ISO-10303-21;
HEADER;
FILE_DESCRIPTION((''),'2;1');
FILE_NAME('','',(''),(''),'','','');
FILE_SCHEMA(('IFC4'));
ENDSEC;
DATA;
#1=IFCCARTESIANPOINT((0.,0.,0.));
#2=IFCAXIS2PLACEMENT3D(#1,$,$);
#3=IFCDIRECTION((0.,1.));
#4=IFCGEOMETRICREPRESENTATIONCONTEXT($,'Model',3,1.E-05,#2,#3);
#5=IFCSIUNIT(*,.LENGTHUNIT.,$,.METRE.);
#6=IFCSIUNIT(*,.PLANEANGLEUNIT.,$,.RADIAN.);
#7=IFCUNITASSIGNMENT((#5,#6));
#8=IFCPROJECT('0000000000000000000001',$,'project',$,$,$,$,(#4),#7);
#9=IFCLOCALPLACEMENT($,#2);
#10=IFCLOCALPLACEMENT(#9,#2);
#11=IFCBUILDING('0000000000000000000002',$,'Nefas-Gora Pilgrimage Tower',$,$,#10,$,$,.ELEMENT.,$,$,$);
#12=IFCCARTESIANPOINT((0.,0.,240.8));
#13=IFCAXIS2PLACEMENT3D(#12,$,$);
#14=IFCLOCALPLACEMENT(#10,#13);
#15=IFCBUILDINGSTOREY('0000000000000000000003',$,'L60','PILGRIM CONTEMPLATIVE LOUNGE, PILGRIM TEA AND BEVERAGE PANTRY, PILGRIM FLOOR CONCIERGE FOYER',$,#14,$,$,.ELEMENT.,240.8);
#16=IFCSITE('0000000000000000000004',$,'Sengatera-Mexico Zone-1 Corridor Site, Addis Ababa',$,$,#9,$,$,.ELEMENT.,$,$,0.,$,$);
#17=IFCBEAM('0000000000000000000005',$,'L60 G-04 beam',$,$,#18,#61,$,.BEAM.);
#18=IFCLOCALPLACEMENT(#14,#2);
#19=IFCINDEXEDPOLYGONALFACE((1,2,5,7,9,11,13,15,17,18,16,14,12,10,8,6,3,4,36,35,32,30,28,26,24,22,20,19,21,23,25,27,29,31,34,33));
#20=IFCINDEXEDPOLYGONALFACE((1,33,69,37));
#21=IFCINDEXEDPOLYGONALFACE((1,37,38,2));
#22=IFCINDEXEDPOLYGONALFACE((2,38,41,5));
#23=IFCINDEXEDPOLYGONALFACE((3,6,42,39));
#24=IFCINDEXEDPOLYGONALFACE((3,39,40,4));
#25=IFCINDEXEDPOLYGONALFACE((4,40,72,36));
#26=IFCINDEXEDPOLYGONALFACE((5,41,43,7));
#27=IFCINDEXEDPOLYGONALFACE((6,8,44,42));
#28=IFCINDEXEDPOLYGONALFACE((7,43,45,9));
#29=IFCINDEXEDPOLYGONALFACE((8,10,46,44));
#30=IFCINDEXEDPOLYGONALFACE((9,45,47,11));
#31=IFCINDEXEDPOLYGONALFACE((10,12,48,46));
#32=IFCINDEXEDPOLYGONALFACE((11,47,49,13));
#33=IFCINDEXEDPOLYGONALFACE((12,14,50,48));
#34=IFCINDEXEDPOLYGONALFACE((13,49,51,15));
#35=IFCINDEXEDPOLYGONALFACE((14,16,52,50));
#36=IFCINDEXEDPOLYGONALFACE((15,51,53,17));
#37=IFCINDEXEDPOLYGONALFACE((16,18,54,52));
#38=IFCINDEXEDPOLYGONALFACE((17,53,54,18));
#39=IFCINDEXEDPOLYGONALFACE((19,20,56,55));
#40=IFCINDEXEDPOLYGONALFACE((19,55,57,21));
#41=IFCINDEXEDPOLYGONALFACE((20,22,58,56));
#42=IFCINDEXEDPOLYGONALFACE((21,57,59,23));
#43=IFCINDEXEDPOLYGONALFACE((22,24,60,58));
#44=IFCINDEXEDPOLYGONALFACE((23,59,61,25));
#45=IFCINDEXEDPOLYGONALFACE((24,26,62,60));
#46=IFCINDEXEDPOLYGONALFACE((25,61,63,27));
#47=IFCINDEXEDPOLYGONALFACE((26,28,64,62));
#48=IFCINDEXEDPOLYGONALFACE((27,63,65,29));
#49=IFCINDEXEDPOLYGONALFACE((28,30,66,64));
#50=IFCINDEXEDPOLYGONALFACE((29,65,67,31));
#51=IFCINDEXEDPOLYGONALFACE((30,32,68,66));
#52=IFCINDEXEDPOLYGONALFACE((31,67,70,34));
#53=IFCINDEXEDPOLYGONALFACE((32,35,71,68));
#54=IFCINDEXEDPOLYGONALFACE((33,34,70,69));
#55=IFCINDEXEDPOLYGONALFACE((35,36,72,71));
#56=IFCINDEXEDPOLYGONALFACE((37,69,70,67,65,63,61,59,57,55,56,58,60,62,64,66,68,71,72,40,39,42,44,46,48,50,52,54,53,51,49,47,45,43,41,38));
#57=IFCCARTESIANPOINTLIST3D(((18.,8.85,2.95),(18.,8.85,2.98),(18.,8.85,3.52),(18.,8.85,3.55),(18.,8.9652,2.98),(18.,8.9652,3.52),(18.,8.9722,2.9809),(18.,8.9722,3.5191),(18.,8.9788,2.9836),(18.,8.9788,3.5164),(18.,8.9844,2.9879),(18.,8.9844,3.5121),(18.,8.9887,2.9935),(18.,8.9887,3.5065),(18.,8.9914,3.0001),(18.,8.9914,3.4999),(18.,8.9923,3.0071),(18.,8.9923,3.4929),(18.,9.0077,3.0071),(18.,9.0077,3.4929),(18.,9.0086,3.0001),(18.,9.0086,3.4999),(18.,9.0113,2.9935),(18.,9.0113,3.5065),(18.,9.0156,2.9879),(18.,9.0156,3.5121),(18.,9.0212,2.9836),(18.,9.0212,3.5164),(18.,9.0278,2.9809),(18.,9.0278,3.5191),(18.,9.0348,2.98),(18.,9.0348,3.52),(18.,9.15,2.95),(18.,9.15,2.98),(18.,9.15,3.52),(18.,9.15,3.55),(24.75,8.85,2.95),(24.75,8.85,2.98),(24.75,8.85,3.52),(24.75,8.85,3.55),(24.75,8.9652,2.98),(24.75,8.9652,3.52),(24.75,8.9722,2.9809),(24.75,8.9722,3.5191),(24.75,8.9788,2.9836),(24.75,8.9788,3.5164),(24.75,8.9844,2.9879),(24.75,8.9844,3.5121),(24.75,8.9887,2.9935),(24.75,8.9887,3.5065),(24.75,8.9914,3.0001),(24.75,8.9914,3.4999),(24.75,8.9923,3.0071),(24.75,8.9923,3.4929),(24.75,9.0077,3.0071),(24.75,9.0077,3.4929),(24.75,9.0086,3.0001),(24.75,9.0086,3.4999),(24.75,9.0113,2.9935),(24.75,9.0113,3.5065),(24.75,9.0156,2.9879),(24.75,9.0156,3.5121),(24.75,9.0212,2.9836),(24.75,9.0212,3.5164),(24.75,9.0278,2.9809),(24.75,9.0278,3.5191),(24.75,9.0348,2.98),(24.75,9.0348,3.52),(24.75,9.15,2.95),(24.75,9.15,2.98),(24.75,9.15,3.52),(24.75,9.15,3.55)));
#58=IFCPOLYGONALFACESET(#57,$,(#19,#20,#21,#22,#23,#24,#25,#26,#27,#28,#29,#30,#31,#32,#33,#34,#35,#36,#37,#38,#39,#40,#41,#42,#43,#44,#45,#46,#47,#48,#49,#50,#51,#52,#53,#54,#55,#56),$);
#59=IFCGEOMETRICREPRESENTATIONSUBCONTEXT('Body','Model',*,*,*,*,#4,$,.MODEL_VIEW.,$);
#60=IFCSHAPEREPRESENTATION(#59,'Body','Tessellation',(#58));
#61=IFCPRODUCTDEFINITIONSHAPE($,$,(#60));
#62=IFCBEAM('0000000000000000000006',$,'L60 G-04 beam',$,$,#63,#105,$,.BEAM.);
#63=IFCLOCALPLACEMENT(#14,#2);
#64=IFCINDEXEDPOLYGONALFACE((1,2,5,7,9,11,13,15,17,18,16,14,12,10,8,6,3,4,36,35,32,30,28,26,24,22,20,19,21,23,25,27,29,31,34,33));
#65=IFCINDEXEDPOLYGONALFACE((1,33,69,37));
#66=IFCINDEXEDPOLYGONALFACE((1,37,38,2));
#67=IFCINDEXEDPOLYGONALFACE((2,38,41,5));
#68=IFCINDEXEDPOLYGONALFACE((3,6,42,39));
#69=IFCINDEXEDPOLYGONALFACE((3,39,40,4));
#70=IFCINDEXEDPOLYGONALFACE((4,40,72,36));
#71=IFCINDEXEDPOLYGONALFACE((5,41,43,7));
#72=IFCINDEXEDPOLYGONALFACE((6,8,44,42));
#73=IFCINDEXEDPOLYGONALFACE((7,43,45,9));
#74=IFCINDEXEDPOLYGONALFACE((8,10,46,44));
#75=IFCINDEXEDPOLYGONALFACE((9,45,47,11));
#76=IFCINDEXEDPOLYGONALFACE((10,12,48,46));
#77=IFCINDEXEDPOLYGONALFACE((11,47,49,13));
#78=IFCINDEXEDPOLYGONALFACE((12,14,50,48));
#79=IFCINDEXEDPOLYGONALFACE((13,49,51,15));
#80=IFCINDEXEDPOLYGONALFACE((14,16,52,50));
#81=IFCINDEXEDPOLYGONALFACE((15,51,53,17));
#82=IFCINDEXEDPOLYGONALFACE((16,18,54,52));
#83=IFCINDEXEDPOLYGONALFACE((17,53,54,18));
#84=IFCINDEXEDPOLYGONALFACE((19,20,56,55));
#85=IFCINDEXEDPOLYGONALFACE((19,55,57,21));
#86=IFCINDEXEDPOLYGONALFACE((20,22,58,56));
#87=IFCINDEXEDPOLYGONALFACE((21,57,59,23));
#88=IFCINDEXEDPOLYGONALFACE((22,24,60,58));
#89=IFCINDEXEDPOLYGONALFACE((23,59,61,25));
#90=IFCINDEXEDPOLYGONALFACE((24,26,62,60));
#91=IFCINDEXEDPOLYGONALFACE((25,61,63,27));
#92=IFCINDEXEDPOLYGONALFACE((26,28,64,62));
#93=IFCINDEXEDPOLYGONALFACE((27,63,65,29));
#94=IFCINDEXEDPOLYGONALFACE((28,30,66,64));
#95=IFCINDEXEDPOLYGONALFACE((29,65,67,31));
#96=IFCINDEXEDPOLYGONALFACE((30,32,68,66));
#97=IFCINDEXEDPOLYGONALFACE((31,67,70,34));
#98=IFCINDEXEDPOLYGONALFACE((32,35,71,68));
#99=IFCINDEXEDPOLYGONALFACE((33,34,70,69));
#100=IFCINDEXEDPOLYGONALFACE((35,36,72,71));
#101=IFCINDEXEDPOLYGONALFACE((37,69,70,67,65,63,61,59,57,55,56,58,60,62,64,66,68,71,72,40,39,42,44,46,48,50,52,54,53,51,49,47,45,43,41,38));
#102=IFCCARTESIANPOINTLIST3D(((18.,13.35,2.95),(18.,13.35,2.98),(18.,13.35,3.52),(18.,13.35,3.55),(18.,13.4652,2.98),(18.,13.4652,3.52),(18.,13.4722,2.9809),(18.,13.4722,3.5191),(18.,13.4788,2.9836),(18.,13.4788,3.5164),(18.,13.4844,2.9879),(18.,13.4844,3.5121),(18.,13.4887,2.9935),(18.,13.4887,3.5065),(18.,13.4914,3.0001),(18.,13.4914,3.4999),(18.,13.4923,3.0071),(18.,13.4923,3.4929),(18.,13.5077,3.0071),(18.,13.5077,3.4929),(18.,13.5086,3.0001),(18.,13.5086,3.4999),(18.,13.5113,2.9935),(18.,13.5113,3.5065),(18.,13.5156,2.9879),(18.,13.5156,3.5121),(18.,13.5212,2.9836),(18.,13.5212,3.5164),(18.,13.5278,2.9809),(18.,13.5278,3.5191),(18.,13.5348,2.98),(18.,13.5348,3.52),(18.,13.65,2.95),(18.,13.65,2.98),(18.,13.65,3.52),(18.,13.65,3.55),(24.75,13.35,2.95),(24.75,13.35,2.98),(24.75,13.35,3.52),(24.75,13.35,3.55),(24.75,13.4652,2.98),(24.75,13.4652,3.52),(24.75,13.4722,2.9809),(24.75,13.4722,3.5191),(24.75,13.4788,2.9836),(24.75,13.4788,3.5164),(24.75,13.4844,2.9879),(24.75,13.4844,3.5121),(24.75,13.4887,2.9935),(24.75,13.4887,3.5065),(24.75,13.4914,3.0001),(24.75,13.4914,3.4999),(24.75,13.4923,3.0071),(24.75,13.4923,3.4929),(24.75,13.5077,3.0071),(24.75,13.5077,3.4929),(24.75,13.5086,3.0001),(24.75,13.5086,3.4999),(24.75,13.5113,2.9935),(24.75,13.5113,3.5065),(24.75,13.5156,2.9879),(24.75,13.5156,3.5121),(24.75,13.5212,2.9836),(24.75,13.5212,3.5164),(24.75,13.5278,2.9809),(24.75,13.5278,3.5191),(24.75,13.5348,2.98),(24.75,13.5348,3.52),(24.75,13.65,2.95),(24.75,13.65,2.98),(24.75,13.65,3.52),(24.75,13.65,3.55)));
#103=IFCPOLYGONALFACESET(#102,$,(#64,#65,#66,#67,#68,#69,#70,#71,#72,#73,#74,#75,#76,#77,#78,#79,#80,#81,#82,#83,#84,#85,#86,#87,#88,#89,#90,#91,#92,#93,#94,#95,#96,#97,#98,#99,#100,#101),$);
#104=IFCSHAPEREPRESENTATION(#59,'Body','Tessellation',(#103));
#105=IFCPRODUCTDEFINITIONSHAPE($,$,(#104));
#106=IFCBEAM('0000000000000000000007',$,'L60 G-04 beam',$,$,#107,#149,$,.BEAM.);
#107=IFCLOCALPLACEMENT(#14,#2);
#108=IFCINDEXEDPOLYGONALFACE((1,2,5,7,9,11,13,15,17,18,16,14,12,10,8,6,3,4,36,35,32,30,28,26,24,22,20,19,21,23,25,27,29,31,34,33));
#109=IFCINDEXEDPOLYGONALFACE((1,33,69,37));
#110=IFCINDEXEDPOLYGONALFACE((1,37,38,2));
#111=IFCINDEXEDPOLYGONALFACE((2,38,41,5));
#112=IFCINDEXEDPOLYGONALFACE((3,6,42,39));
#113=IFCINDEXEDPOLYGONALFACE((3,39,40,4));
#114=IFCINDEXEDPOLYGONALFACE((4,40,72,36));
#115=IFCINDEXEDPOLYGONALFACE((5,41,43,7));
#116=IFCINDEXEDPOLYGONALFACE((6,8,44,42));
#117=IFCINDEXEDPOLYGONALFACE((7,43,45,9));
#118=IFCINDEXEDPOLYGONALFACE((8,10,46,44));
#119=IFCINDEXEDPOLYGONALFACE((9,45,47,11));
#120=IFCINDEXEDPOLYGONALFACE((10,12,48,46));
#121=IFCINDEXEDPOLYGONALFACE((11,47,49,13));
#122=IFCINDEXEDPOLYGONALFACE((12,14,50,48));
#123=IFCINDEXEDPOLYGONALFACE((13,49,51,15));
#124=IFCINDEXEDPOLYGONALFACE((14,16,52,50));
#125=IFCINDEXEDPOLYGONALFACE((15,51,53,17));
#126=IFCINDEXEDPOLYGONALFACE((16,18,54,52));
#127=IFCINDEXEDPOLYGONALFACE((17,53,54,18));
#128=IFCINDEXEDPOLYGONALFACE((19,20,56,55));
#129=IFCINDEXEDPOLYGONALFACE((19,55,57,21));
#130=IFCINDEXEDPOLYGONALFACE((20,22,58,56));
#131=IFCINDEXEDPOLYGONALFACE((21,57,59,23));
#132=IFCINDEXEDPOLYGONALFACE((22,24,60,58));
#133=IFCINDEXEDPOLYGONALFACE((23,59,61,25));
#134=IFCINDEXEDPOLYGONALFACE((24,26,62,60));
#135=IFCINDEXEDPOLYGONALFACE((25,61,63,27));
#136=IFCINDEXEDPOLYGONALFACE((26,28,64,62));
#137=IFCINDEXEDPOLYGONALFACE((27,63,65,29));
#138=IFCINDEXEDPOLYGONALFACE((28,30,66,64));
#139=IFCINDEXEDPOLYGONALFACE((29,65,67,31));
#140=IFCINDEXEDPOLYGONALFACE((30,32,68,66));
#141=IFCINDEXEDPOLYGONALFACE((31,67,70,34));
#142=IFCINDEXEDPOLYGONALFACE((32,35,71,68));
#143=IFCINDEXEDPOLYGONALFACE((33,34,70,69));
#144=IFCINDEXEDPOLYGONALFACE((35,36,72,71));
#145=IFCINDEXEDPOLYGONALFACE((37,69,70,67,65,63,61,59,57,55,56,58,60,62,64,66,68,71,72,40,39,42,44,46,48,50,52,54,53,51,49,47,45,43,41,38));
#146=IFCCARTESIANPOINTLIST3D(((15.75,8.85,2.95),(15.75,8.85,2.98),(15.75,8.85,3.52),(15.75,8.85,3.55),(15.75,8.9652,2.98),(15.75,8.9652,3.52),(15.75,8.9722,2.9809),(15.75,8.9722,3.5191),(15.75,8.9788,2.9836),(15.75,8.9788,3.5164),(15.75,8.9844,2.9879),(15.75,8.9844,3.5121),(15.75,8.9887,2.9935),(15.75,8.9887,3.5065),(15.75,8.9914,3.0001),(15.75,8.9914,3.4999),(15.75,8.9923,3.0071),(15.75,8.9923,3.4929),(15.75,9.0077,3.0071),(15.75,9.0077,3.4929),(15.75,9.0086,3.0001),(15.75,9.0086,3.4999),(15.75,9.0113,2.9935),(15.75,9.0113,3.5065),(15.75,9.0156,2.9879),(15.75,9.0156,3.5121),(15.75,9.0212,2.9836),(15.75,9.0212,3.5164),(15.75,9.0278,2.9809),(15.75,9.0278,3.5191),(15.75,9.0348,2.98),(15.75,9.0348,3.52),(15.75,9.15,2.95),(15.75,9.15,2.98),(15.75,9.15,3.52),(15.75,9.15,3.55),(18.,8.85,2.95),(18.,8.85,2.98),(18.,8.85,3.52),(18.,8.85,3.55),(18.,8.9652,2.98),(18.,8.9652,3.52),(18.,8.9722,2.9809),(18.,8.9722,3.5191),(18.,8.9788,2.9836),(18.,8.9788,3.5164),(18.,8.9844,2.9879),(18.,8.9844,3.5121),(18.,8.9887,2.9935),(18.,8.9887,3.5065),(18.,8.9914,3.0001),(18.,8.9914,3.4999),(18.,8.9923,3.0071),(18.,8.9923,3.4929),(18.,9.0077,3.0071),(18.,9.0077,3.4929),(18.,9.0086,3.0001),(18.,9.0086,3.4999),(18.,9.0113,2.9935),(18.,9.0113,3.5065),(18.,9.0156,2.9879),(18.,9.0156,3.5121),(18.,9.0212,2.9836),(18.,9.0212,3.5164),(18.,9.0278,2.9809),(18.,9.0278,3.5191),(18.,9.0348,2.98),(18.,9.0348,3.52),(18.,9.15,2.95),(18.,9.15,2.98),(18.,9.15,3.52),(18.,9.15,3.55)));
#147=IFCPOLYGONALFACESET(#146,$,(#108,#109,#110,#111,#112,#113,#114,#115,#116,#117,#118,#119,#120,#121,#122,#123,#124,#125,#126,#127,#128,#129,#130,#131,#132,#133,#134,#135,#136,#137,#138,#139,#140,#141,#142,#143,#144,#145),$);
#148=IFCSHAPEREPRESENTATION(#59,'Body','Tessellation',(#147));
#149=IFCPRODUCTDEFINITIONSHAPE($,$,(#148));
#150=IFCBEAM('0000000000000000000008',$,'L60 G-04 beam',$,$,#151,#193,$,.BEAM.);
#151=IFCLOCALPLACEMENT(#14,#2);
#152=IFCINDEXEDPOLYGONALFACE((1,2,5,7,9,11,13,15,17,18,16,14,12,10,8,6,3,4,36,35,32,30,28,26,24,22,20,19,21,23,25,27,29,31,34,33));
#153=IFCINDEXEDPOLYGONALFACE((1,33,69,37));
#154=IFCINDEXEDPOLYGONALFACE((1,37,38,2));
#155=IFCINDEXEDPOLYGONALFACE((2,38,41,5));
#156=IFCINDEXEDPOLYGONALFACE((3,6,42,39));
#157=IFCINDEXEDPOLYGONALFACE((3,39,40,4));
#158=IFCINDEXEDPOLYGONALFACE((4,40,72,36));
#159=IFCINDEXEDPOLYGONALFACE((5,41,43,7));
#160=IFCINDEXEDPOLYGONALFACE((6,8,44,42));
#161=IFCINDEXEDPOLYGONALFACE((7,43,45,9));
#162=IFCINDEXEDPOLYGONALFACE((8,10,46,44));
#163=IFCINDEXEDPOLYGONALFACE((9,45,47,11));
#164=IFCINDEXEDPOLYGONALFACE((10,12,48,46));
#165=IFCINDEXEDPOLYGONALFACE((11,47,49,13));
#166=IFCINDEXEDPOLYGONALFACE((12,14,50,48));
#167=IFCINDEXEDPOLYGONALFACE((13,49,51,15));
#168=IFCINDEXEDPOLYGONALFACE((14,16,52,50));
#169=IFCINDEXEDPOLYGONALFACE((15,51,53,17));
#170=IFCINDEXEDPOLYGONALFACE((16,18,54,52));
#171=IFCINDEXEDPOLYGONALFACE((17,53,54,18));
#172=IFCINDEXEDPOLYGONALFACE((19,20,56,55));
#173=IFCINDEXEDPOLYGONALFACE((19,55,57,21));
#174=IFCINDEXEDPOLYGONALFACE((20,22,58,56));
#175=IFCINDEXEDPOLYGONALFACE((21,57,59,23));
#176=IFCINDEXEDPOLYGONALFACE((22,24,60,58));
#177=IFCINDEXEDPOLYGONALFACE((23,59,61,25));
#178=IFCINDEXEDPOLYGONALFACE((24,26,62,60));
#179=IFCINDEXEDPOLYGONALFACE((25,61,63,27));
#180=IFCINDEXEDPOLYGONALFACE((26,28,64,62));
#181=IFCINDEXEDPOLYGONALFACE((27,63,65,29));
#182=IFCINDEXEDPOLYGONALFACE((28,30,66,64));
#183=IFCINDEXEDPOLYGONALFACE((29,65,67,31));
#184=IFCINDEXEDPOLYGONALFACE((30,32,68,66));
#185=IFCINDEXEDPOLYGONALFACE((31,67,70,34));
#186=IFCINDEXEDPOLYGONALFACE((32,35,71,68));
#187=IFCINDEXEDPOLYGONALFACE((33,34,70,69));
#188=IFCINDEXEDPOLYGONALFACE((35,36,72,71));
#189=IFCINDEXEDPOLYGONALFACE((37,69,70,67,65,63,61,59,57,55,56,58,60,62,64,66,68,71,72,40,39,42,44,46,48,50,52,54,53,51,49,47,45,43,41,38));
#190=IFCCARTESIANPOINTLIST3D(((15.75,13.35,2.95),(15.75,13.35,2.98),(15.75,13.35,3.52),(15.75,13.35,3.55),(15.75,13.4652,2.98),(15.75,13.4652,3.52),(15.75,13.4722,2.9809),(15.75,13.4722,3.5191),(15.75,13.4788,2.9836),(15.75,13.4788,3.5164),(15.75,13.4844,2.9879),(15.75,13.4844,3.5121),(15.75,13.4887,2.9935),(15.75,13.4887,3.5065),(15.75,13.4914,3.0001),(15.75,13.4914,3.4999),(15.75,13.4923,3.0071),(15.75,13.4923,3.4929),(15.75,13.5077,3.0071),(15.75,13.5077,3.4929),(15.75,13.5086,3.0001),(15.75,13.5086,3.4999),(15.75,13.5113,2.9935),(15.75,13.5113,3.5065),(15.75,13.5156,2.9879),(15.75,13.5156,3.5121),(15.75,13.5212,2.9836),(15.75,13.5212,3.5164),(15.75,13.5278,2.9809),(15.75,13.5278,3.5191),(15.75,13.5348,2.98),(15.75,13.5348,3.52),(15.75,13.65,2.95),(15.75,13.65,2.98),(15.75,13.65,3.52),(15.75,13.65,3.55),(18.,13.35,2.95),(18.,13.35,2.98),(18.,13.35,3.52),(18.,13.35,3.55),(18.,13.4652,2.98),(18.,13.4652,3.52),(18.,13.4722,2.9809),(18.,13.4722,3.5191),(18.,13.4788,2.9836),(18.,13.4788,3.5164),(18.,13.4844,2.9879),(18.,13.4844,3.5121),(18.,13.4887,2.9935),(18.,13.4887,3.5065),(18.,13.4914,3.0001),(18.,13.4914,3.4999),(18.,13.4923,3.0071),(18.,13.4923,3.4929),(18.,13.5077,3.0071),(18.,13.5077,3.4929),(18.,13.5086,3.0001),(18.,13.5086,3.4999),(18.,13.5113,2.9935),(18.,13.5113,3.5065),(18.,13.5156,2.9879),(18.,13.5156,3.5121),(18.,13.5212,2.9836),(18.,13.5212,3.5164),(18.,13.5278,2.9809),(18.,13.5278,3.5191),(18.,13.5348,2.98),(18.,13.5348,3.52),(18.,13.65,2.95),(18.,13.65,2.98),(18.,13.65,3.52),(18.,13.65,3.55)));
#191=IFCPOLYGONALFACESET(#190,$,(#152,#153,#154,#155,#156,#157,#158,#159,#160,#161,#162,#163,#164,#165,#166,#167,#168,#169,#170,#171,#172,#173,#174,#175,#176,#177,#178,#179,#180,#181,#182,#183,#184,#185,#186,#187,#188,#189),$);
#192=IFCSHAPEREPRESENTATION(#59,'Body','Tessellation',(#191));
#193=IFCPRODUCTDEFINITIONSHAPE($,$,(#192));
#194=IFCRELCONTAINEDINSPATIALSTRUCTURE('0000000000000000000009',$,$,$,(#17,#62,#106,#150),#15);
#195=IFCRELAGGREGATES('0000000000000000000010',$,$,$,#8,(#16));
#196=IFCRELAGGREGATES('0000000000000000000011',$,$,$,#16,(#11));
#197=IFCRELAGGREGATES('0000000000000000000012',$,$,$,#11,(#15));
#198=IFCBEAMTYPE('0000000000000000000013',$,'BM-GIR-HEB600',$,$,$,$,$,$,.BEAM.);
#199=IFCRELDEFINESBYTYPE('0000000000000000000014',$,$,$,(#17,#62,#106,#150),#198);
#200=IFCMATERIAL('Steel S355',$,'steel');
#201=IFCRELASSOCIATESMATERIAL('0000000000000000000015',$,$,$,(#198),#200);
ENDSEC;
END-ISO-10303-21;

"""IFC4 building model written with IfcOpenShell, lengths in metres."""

from ifc_helpers import new_model, si_unit, direction, frame, origin, origin_2d, place, context, subcontext, project, spatial, i_section, extrude, source, transform, mapped, material, material_profile, profile_set, type_object, element, save


model = new_model("IFC4")

# Units and contexts
model_context = context("Model", 3, precision=1e-05, world=origin(), true_north=direction((0.0, 1.0)))
body_context = subcontext(model_context, "Body", "Model", "MODEL_VIEW")
ifc_project = project(units=[si_unit("LENGTHUNIT", "METRE"), si_unit("PLANEANGLEUNIT", "RADIAN")], contexts=[model_context])

# Site, building, storey
site_placement = place(None, origin())
site = spatial("IfcSite", under=ifc_project, at=site_placement, Name="Sengatera-Mexico Zone-1 Corridor Site, Addis Ababa", CompositionType="ELEMENT", RefElevation=0.0)
building_placement = place(site_placement, origin())
building = spatial("IfcBuilding", under=site, at=building_placement, Name="Nefas-Gora Pilgrimage Tower", CompositionType="ELEMENT")
storey_placement = place(building_placement, frame((0.0, 0.0, 240.8)))
storey = spatial("IfcBuildingStorey", under=building, at=storey_placement, Name="L60", Description="PILGRIM CONTEMPLATIVE LOUNGE, PILGRIM TEA AND BEVERAGE PANTRY, PILGRIM FLOOR CONCIERGE FOYER", CompositionType="ELEMENT", Elevation=240.8)

# Beams
ifc_material_1 = material(Name="Steel S355", Category="steel")
ifc_material_profile_1 = material_profile(ifc_material_1, i_section(OverallWidth=0.3, OverallDepth=0.6001, WebThickness=0.0154, FlangeThickness=0.03, FilletRadius=0.0271, at=origin_2d()), Name="HEB 600")
ifc_profile_set_1 = profile_set([ifc_material_profile_1], Name="Steel S355")
beam_type_1 = type_object("IfcBeamType", Name="BM-GIR-HEB600", PredefinedType="BEAM", material=ifc_profile_set_1)
shared_shape_1 = source(origin(), body_context, "Body", "SweptSolid", [
    extrude(i_section(OverallWidth=0.3, OverallDepth=0.6001, WebThickness=0.0154, FlangeThickness=0.03, FilletRadius=0.0271, at=origin_2d()), origin(), (0.0, 0.0, 1.0), 6.75),
])
for number, where, z_axis, x_axis, name in (
    (1, (18.0, 9.0, 3.25), (1.0, 0.0, 0.0), (0.0, 1.0, 0.0), "L60 G-04 beam"),
    (2, (18.0, 13.5, 3.25), (1.0, 0.0, 0.0), (0.0, 1.0, 0.0), "L60 G-04 beam"),
):
    element("IfcBeam", number, at=place(storey_placement, frame(where, z_axis=z_axis, x_axis=x_axis)), inside=storey, type_object=beam_type_1, Name=name, PredefinedType="BEAM", context=body_context, shape_type="MappedRepresentation", body=[
        mapped(shared_shape_1, transform((0.0, 0.0, 0.0), x_axis=(1.0, 0.0, 0.0), y_axis=(0.0, 1.0, 0.0), z_axis=(0.0, 0.0, 1.0), scale=1.0)),
    ])
shared_shape_2 = source(origin(), body_context, "Body", "SweptSolid", [
    extrude(i_section(OverallWidth=0.3, OverallDepth=0.6001, WebThickness=0.0154, FlangeThickness=0.03, FilletRadius=0.0271, at=origin_2d()), origin(), (0.0, 0.0, 1.0), 2.25),
])
for number, where, z_axis, x_axis, name in (
    (3, (15.75, 9.0, 3.25), (1.0, 0.0, 0.0), (0.0, 1.0, 0.0), "L60 G-04 beam"),
    (4, (15.75, 13.5, 3.25), (1.0, 0.0, 0.0), (0.0, 1.0, 0.0), "L60 G-04 beam"),
):
    element("IfcBeam", number, at=place(storey_placement, frame(where, z_axis=z_axis, x_axis=x_axis)), inside=storey, type_object=beam_type_1, Name=name, PredefinedType="BEAM", context=body_context, shape_type="MappedRepresentation", body=[
        mapped(shared_shape_2, transform((0.0, 0.0, 0.0), x_axis=(1.0, 0.0, 0.0), y_axis=(0.0, 1.0, 0.0), z_axis=(0.0, 0.0, 1.0), scale=1.0)),
    ])

save(model, "model.ifc")
